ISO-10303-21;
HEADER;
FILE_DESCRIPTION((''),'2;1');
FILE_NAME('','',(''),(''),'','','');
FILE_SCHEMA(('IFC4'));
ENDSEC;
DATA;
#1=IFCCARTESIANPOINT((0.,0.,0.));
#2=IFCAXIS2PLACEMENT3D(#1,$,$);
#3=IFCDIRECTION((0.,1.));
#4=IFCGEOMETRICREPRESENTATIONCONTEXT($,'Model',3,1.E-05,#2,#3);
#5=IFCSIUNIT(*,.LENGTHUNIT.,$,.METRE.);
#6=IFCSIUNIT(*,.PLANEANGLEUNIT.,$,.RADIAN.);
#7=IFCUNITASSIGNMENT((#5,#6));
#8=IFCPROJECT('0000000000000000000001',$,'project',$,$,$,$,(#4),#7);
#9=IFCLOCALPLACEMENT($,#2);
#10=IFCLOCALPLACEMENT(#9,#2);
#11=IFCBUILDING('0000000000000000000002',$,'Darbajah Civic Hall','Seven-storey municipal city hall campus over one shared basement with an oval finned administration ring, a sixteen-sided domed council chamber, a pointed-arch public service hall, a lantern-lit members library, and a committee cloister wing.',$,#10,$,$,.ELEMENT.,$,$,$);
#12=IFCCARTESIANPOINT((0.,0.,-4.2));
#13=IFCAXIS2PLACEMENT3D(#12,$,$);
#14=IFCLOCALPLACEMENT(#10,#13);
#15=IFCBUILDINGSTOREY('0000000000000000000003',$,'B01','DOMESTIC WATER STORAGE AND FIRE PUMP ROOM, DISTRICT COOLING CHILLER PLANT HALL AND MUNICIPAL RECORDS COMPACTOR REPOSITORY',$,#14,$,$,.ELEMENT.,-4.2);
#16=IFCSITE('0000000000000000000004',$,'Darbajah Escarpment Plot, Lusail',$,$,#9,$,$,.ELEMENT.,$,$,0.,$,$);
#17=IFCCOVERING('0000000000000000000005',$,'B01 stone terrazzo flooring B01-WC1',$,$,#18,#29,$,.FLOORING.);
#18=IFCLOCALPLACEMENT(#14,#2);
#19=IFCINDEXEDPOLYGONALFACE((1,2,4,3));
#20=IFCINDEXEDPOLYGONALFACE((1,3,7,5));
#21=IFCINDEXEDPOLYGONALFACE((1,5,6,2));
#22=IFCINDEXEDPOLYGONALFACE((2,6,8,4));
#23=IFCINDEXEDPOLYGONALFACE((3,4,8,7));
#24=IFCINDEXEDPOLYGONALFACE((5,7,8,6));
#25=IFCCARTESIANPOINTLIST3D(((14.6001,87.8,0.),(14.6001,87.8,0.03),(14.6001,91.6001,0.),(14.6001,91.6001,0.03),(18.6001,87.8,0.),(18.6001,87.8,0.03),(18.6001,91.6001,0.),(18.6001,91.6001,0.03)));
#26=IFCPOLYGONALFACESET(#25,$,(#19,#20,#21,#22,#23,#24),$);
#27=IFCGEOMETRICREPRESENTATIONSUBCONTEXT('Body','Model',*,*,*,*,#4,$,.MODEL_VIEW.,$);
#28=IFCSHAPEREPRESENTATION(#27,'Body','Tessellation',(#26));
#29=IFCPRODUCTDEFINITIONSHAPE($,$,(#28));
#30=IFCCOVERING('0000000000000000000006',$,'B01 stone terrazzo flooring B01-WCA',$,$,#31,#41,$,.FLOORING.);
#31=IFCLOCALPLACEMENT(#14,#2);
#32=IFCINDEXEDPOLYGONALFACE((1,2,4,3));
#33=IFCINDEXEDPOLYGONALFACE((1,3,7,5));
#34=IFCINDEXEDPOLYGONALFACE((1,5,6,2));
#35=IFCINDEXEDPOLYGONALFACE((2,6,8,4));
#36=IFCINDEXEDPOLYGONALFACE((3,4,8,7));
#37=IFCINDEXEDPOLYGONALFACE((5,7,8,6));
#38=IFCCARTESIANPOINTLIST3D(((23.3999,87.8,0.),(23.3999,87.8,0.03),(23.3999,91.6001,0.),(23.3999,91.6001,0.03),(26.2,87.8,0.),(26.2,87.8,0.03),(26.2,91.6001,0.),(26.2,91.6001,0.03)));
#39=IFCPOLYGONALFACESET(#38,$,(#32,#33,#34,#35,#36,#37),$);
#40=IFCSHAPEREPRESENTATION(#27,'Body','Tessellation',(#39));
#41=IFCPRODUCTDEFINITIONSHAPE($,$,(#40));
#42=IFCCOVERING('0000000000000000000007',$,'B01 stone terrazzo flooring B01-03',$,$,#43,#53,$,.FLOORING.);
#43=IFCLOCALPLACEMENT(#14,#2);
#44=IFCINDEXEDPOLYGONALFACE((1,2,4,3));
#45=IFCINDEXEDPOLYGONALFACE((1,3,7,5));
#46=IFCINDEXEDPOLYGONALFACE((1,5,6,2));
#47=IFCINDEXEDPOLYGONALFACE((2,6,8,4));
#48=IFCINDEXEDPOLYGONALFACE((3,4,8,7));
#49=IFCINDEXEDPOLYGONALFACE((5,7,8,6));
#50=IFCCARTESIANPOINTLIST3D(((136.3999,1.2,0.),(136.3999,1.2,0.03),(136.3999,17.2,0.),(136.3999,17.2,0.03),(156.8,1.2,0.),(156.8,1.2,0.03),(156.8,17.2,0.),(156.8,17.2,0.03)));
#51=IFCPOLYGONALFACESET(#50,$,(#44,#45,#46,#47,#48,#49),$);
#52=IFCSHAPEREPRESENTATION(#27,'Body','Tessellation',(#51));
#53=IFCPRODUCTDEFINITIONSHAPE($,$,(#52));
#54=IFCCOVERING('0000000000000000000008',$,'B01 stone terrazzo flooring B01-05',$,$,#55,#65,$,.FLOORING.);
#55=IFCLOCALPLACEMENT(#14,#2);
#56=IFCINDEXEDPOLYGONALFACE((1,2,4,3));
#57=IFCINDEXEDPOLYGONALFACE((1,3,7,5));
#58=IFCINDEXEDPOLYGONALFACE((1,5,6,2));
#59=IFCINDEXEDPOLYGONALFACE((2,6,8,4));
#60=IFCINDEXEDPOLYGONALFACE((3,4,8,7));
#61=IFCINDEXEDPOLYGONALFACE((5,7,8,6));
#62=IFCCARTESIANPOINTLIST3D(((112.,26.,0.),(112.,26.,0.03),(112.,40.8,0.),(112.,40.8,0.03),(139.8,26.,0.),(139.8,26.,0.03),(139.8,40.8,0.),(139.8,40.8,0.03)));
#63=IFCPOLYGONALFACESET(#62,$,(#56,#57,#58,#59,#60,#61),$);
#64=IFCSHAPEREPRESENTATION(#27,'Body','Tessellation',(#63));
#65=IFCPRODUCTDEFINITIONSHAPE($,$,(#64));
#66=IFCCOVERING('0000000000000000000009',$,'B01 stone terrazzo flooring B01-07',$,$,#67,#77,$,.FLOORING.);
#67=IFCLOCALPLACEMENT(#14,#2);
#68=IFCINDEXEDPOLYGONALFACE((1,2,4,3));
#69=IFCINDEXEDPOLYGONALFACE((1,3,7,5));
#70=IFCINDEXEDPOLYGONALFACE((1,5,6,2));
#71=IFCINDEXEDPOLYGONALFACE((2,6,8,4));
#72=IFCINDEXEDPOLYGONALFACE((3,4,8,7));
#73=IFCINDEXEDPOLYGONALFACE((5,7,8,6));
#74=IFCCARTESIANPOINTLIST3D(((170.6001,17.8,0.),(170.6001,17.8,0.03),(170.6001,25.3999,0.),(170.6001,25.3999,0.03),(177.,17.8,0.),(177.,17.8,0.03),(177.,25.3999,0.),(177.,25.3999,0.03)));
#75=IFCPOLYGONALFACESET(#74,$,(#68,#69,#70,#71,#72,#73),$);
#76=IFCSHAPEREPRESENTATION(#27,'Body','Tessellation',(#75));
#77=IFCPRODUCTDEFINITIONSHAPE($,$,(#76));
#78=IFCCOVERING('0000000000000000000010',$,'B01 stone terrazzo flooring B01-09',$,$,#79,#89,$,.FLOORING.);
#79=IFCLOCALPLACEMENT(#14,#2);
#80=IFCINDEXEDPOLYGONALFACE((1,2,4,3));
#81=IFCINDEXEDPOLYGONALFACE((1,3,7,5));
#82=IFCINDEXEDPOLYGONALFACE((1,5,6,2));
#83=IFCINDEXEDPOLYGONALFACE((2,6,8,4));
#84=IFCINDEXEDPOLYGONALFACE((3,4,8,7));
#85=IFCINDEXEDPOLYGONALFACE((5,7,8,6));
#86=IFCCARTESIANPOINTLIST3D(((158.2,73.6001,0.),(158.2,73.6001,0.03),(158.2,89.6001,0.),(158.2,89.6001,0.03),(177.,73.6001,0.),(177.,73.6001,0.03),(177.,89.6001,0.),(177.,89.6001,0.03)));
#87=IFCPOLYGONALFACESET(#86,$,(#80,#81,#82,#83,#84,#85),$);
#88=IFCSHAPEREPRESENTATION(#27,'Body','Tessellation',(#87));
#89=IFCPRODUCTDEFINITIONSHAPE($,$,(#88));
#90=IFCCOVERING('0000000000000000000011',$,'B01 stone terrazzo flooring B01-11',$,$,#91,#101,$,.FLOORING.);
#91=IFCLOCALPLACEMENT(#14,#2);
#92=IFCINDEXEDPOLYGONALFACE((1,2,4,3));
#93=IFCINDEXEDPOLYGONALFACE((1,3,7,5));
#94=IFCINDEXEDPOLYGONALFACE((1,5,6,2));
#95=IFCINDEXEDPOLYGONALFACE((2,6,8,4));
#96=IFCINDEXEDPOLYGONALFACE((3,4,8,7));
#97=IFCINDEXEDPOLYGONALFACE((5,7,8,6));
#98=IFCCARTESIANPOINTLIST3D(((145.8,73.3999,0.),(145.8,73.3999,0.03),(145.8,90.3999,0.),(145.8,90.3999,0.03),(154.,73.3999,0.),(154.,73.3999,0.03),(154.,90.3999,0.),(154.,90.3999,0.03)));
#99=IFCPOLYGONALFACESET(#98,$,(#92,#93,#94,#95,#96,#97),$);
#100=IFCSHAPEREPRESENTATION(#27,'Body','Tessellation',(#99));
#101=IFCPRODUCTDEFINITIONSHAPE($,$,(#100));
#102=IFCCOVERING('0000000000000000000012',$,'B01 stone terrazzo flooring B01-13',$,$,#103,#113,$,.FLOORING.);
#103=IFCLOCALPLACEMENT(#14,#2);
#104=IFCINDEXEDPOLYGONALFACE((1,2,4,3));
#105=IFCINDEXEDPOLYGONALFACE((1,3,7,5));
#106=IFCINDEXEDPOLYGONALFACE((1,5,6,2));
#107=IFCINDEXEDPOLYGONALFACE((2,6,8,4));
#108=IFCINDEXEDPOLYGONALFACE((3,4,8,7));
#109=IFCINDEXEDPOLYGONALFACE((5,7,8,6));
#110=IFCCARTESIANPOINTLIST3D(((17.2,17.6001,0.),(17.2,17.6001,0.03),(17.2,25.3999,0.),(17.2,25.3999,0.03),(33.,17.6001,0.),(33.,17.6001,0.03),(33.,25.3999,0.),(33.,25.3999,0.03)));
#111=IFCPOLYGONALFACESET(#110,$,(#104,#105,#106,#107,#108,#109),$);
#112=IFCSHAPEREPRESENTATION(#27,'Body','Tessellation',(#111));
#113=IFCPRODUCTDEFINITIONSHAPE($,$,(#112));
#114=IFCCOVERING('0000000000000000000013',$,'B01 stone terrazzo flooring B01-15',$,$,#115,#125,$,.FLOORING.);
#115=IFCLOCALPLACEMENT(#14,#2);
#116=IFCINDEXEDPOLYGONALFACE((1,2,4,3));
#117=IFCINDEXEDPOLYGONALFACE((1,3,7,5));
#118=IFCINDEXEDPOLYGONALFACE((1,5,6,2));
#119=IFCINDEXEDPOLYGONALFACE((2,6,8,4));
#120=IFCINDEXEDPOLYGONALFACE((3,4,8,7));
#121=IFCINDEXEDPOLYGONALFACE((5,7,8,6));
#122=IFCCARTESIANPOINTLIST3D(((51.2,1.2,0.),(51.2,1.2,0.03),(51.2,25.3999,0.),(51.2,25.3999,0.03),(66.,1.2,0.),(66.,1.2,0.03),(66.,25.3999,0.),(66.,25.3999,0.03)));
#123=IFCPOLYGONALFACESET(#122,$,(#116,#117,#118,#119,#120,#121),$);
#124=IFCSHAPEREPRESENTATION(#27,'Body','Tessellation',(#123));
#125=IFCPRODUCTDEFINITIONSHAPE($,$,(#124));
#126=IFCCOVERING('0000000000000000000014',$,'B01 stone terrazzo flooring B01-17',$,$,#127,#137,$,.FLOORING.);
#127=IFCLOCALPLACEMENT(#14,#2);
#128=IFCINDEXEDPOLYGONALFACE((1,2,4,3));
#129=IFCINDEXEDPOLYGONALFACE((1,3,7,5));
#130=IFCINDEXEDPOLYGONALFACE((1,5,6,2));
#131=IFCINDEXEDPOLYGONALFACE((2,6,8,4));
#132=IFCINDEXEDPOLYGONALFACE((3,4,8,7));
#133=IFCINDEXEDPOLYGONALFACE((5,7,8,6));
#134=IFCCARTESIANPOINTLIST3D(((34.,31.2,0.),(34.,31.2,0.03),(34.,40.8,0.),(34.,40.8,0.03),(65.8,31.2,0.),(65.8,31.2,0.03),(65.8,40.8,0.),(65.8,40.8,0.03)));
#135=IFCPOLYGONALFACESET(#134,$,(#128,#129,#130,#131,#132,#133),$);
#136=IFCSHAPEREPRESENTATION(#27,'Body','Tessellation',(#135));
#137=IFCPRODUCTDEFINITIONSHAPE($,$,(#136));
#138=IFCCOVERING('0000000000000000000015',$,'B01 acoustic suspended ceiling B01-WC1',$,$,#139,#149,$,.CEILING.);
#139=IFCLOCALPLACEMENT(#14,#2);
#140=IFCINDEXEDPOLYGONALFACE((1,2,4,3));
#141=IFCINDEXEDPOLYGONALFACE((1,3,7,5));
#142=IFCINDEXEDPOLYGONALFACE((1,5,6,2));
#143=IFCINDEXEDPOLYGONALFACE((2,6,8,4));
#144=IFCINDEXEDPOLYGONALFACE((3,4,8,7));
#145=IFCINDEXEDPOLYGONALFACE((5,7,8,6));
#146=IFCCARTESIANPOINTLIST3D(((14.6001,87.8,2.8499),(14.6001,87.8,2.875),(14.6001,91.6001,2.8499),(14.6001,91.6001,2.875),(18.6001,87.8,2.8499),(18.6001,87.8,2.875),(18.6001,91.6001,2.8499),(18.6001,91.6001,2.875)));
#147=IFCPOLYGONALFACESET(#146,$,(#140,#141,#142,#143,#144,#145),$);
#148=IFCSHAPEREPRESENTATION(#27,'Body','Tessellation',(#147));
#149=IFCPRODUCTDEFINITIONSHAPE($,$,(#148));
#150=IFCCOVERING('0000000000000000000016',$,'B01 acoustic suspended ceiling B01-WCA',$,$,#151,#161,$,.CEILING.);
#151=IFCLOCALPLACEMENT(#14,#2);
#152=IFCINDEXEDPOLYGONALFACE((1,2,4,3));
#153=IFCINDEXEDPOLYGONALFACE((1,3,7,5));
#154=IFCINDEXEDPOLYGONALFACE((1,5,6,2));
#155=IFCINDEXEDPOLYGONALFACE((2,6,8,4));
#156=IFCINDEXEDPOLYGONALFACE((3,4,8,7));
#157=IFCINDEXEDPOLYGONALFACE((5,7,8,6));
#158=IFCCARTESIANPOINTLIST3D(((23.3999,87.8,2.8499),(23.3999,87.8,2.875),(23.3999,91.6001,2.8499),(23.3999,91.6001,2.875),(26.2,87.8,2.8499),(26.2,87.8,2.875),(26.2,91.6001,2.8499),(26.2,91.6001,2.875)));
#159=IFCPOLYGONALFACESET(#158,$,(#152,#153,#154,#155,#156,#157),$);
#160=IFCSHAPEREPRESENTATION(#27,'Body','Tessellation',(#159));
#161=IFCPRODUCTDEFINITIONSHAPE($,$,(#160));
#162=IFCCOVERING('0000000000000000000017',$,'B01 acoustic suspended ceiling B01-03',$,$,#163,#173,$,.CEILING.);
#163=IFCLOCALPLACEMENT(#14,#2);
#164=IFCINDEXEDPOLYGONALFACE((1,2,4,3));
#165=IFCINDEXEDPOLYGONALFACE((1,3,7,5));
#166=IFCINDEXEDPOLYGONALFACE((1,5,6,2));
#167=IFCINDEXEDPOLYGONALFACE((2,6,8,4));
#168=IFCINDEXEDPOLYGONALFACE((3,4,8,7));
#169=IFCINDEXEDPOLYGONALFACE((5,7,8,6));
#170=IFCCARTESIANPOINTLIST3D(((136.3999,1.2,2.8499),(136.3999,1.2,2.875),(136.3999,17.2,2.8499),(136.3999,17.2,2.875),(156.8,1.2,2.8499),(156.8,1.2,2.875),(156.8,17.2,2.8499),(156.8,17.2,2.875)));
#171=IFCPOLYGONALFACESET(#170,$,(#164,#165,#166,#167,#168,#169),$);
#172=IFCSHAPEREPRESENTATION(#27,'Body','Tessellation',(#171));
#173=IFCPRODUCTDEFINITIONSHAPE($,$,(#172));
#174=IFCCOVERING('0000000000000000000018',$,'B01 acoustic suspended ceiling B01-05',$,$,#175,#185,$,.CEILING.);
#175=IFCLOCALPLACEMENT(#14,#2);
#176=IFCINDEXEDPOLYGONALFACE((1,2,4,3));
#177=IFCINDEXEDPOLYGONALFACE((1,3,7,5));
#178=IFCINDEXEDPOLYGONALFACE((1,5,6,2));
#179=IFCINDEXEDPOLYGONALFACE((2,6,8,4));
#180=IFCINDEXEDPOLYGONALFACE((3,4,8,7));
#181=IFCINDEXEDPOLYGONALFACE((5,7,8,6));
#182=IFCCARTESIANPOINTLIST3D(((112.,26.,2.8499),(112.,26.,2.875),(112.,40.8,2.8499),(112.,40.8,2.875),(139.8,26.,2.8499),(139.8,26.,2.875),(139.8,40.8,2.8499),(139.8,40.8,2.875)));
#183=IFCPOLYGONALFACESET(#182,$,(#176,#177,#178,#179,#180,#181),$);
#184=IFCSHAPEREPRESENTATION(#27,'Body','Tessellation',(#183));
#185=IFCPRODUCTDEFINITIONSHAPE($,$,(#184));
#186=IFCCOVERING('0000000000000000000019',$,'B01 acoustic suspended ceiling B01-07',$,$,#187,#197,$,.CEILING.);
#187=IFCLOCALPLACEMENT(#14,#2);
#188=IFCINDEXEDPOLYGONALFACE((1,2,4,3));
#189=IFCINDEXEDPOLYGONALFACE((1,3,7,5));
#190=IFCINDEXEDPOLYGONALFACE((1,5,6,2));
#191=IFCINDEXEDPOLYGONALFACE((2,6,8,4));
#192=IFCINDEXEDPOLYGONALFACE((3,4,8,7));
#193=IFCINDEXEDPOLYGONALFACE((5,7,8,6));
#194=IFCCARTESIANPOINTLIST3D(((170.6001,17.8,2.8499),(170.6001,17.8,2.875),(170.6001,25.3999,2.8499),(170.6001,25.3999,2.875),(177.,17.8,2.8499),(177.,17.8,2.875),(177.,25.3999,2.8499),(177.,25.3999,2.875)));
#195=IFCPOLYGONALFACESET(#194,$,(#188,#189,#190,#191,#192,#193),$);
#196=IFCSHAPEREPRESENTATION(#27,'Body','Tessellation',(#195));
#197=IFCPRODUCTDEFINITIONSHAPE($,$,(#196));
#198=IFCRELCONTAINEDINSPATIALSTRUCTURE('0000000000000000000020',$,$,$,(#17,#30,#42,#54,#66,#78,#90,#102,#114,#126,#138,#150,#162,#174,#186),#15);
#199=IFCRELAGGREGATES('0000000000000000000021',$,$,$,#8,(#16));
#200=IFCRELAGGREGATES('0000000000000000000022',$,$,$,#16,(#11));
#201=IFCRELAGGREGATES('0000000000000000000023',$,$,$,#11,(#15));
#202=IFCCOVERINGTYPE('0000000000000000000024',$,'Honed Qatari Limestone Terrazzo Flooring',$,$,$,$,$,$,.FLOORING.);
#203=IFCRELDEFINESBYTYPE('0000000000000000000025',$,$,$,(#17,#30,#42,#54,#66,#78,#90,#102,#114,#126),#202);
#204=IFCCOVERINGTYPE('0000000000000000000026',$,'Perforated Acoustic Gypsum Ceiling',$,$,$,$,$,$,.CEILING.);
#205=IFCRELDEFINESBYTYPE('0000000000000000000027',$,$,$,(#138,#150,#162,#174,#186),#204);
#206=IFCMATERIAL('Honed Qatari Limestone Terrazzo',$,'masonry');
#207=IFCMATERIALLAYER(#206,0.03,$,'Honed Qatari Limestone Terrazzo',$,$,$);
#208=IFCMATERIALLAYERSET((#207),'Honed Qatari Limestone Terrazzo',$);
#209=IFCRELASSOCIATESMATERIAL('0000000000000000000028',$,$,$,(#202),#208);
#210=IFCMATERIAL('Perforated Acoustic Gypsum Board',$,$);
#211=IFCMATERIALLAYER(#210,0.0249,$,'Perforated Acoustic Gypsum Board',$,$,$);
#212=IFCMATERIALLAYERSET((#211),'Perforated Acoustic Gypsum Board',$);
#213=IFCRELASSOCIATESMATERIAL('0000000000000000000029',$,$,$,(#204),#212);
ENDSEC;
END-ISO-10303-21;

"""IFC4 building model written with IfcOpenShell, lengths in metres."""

from ifc_helpers import new_model, si_unit, direction, frame, origin, place, context, subcontext, project, spatial, polyline, outline, extrude, material, layer, layer_set, type_object, element, save


model = new_model("IFC4")

# Units and contexts
model_context = context("Model", 3, precision=1e-05, world=origin(), true_north=direction((0.0, 1.0)))
body_context = subcontext(model_context, "Body", "Model", "MODEL_VIEW")
ifc_project = project(units=[si_unit("LENGTHUNIT", "METRE"), si_unit("PLANEANGLEUNIT", "RADIAN")], contexts=[model_context])

# Site, building, storey
site_placement = place(None, origin())
site = spatial("IfcSite", under=ifc_project, at=site_placement, Name="Darbajah Escarpment Plot, Lusail", CompositionType="ELEMENT", RefElevation=0.0)
building_placement = place(site_placement, origin())
building = spatial("IfcBuilding", under=site, at=building_placement, Name="Darbajah Civic Hall", Description="Seven-storey municipal city hall campus over one shared basement with an oval finned administration ring, a sixteen-sided domed council chamber, a pointed-arch public service hall, a lantern-lit members library, and a committee cloister wing.", CompositionType="ELEMENT")
storey_placement = place(building_placement, frame((0.0, 0.0, -4.2)))
storey = spatial("IfcBuildingStorey", under=building, at=storey_placement, Name="B01", Description="DOMESTIC WATER STORAGE AND FIRE PUMP ROOM, DISTRICT COOLING CHILLER PLANT HALL AND MUNICIPAL RECORDS COMPACTOR REPOSITORY", CompositionType="ELEMENT", Elevation=-4.2)

# Coverings
ifc_material_1 = material(Name="Honed Qatari Limestone Terrazzo", Category="masonry")
ifc_layer_1 = layer(ifc_material_1, 0.03, Name="Honed Qatari Limestone Terrazzo")
ifc_layer_set_1 = layer_set([ifc_layer_1], Name="Honed Qatari Limestone Terrazzo")
covering_type_1 = type_object("IfcCoveringType", Name="Honed Qatari Limestone Terrazzo Flooring", PredefinedType="FLOORING", material=ifc_layer_set_1)
covering_1_placement = place(storey_placement, origin())
element("IfcCovering", 1, at=covering_1_placement, inside=storey, type_object=covering_type_1, Name="B01 stone terrazzo flooring B01-WC1", PredefinedType="FLOORING", context=body_context, shape_type="SweptSolid", body=[
    extrude(outline(polyline([(14.6001, 87.8), (18.6001, 87.8), (18.6001, 91.6001), (14.6001, 91.6001), (14.6001, 87.8)])), origin(), (0.0, 0.0, 1.0), 0.03),
])
covering_2_placement = place(storey_placement, origin())
element("IfcCovering", 2, at=covering_2_placement, inside=storey, type_object=covering_type_1, Name="B01 stone terrazzo flooring B01-WCA", PredefinedType="FLOORING", context=body_context, shape_type="SweptSolid", body=[
    extrude(outline(polyline([(23.3999, 87.8), (26.2, 87.8), (26.2, 91.6001), (23.3999, 91.6001), (23.3999, 87.8)])), origin(), (0.0, 0.0, 1.0), 0.03),
])
covering_3_placement = place(storey_placement, origin())
element("IfcCovering", 3, at=covering_3_placement, inside=storey, type_object=covering_type_1, Name="B01 stone terrazzo flooring B01-03", PredefinedType="FLOORING", context=body_context, shape_type="SweptSolid", body=[
    extrude(outline(polyline([(136.3999, 1.2), (156.8, 1.2), (156.8, 17.2), (136.3999, 17.2), (136.3999, 1.2)])), origin(), (0.0, 0.0, 1.0), 0.03),
])
covering_4_placement = place(storey_placement, origin())
element("IfcCovering", 4, at=covering_4_placement, inside=storey, type_object=covering_type_1, Name="B01 stone terrazzo flooring B01-05", PredefinedType="FLOORING", context=body_context, shape_type="SweptSolid", body=[
    extrude(outline(polyline([(112.0, 26.0), (139.8, 26.0), (139.8, 40.8), (112.0, 40.8), (112.0, 26.0)])), origin(), (0.0, 0.0, 1.0), 0.03),
])
covering_5_placement = place(storey_placement, origin())
element("IfcCovering", 5, at=covering_5_placement, inside=storey, type_object=covering_type_1, Name="B01 stone terrazzo flooring B01-07", PredefinedType="FLOORING", context=body_context, shape_type="SweptSolid", body=[
    extrude(outline(polyline([(170.6001, 17.8), (177.0, 17.8), (177.0, 25.3999), (170.6001, 25.3999), (170.6001, 17.8)])), origin(), (0.0, 0.0, 1.0), 0.03),
])
covering_6_placement = place(storey_placement, origin())
element("IfcCovering", 6, at=covering_6_placement, inside=storey, type_object=covering_type_1, Name="B01 stone terrazzo flooring B01-09", PredefinedType="FLOORING", context=body_context, shape_type="SweptSolid", body=[
    extrude(outline(polyline([(158.2, 73.6001), (177.0, 73.6001), (177.0, 89.6001), (158.2, 89.6001), (158.2, 73.6001)])), origin(), (0.0, 0.0, 1.0), 0.03),
])
covering_7_placement = place(storey_placement, origin())
element("IfcCovering", 7, at=covering_7_placement, inside=storey, type_object=covering_type_1, Name="B01 stone terrazzo flooring B01-11", PredefinedType="FLOORING", context=body_context, shape_type="SweptSolid", body=[
    extrude(outline(polyline([(145.8, 73.3999), (154.0, 73.3999), (154.0, 90.3999), (145.8, 90.3999), (145.8, 73.3999)])), origin(), (0.0, 0.0, 1.0), 0.03),
])
covering_8_placement = place(storey_placement, origin())
element("IfcCovering", 8, at=covering_8_placement, inside=storey, type_object=covering_type_1, Name="B01 stone terrazzo flooring B01-13", PredefinedType="FLOORING", context=body_context, shape_type="SweptSolid", body=[
    extrude(outline(polyline([(17.2, 17.6001), (33.0, 17.6001), (33.0, 25.3999), (17.2, 25.3999), (17.2, 17.6001)])), origin(), (0.0, 0.0, 1.0), 0.03),
])
covering_9_placement = place(storey_placement, origin())
element("IfcCovering", 9, at=covering_9_placement, inside=storey, type_object=covering_type_1, Name="B01 stone terrazzo flooring B01-15", PredefinedType="FLOORING", context=body_context, shape_type="SweptSolid", body=[
    extrude(outline(polyline([(51.2, 1.2), (66.0, 1.2), (66.0, 25.3999), (51.2, 25.3999), (51.2, 1.2)])), origin(), (0.0, 0.0, 1.0), 0.03),
])
covering_10_placement = place(storey_placement, origin())
element("IfcCovering", 10, at=covering_10_placement, inside=storey, type_object=covering_type_1, Name="B01 stone terrazzo flooring B01-17", PredefinedType="FLOORING", context=body_context, shape_type="SweptSolid", body=[
    extrude(outline(polyline([(34.0, 31.2), (65.8, 31.2), (65.8, 40.8), (34.0, 40.8), (34.0, 31.2)])), origin(), (0.0, 0.0, 1.0), 0.03),
])
ifc_material_2 = material(Name="Perforated Acoustic Gypsum Board")
ifc_layer_2 = layer(ifc_material_2, 0.0249, Name="Perforated Acoustic Gypsum Board")
ifc_layer_set_2 = layer_set([ifc_layer_2], Name="Perforated Acoustic Gypsum Board")
covering_type_2 = type_object("IfcCoveringType", Name="Perforated Acoustic Gypsum Ceiling", PredefinedType="CEILING", material=ifc_layer_set_2)
covering_11_placement = place(storey_placement, frame((0.0, 0.0, 2.8499)))
element("IfcCovering", 11, at=covering_11_placement, inside=storey, type_object=covering_type_2, Name="B01 acoustic suspended ceiling B01-WC1", PredefinedType="CEILING", context=body_context, shape_type="SweptSolid", body=[
    extrude(outline(polyline([(14.6001, 87.8), (18.6001, 87.8), (18.6001, 91.6001), (14.6001, 91.6001), (14.6001, 87.8)])), origin(), (0.0, 0.0, 1.0), 0.0251),
])
covering_12_placement = place(storey_placement, frame((0.0, 0.0, 2.8499)))
element("IfcCovering", 12, at=covering_12_placement, inside=storey, type_object=covering_type_2, Name="B01 acoustic suspended ceiling B01-WCA", PredefinedType="CEILING", context=body_context, shape_type="SweptSolid", body=[
    extrude(outline(polyline([(23.3999, 87.8), (26.2, 87.8), (26.2, 91.6001), (23.3999, 91.6001), (23.3999, 87.8)])), origin(), (0.0, 0.0, 1.0), 0.0251),
])
covering_13_placement = place(storey_placement, frame((0.0, 0.0, 2.8499)))
element("IfcCovering", 13, at=covering_13_placement, inside=storey, type_object=covering_type_2, Name="B01 acoustic suspended ceiling B01-03", PredefinedType="CEILING", context=body_context, shape_type="SweptSolid", body=[
    extrude(outline(polyline([(136.3999, 1.2), (156.8, 1.2), (156.8, 17.2), (136.3999, 17.2), (136.3999, 1.2)])), origin(), (0.0, 0.0, 1.0), 0.0251),
])
covering_14_placement = place(storey_placement, frame((0.0, 0.0, 2.8499)))
element("IfcCovering", 14, at=covering_14_placement, inside=storey, type_object=covering_type_2, Name="B01 acoustic suspended ceiling B01-05", PredefinedType="CEILING", context=body_context, shape_type="SweptSolid", body=[
    extrude(outline(polyline([(112.0, 26.0), (139.8, 26.0), (139.8, 40.8), (112.0, 40.8), (112.0, 26.0)])), origin(), (0.0, 0.0, 1.0), 0.0251),
])
covering_15_placement = place(storey_placement, frame((0.0, 0.0, 2.8499)))
element("IfcCovering", 15, at=covering_15_placement, inside=storey, type_object=covering_type_2, Name="B01 acoustic suspended ceiling B01-07", PredefinedType="CEILING", context=body_context, shape_type="SweptSolid", body=[
    extrude(outline(polyline([(170.6001, 17.8), (177.0, 17.8), (177.0, 25.3999), (170.6001, 25.3999), (170.6001, 17.8)])), origin(), (0.0, 0.0, 1.0), 0.0251),
])

save(model, "model.ifc")
